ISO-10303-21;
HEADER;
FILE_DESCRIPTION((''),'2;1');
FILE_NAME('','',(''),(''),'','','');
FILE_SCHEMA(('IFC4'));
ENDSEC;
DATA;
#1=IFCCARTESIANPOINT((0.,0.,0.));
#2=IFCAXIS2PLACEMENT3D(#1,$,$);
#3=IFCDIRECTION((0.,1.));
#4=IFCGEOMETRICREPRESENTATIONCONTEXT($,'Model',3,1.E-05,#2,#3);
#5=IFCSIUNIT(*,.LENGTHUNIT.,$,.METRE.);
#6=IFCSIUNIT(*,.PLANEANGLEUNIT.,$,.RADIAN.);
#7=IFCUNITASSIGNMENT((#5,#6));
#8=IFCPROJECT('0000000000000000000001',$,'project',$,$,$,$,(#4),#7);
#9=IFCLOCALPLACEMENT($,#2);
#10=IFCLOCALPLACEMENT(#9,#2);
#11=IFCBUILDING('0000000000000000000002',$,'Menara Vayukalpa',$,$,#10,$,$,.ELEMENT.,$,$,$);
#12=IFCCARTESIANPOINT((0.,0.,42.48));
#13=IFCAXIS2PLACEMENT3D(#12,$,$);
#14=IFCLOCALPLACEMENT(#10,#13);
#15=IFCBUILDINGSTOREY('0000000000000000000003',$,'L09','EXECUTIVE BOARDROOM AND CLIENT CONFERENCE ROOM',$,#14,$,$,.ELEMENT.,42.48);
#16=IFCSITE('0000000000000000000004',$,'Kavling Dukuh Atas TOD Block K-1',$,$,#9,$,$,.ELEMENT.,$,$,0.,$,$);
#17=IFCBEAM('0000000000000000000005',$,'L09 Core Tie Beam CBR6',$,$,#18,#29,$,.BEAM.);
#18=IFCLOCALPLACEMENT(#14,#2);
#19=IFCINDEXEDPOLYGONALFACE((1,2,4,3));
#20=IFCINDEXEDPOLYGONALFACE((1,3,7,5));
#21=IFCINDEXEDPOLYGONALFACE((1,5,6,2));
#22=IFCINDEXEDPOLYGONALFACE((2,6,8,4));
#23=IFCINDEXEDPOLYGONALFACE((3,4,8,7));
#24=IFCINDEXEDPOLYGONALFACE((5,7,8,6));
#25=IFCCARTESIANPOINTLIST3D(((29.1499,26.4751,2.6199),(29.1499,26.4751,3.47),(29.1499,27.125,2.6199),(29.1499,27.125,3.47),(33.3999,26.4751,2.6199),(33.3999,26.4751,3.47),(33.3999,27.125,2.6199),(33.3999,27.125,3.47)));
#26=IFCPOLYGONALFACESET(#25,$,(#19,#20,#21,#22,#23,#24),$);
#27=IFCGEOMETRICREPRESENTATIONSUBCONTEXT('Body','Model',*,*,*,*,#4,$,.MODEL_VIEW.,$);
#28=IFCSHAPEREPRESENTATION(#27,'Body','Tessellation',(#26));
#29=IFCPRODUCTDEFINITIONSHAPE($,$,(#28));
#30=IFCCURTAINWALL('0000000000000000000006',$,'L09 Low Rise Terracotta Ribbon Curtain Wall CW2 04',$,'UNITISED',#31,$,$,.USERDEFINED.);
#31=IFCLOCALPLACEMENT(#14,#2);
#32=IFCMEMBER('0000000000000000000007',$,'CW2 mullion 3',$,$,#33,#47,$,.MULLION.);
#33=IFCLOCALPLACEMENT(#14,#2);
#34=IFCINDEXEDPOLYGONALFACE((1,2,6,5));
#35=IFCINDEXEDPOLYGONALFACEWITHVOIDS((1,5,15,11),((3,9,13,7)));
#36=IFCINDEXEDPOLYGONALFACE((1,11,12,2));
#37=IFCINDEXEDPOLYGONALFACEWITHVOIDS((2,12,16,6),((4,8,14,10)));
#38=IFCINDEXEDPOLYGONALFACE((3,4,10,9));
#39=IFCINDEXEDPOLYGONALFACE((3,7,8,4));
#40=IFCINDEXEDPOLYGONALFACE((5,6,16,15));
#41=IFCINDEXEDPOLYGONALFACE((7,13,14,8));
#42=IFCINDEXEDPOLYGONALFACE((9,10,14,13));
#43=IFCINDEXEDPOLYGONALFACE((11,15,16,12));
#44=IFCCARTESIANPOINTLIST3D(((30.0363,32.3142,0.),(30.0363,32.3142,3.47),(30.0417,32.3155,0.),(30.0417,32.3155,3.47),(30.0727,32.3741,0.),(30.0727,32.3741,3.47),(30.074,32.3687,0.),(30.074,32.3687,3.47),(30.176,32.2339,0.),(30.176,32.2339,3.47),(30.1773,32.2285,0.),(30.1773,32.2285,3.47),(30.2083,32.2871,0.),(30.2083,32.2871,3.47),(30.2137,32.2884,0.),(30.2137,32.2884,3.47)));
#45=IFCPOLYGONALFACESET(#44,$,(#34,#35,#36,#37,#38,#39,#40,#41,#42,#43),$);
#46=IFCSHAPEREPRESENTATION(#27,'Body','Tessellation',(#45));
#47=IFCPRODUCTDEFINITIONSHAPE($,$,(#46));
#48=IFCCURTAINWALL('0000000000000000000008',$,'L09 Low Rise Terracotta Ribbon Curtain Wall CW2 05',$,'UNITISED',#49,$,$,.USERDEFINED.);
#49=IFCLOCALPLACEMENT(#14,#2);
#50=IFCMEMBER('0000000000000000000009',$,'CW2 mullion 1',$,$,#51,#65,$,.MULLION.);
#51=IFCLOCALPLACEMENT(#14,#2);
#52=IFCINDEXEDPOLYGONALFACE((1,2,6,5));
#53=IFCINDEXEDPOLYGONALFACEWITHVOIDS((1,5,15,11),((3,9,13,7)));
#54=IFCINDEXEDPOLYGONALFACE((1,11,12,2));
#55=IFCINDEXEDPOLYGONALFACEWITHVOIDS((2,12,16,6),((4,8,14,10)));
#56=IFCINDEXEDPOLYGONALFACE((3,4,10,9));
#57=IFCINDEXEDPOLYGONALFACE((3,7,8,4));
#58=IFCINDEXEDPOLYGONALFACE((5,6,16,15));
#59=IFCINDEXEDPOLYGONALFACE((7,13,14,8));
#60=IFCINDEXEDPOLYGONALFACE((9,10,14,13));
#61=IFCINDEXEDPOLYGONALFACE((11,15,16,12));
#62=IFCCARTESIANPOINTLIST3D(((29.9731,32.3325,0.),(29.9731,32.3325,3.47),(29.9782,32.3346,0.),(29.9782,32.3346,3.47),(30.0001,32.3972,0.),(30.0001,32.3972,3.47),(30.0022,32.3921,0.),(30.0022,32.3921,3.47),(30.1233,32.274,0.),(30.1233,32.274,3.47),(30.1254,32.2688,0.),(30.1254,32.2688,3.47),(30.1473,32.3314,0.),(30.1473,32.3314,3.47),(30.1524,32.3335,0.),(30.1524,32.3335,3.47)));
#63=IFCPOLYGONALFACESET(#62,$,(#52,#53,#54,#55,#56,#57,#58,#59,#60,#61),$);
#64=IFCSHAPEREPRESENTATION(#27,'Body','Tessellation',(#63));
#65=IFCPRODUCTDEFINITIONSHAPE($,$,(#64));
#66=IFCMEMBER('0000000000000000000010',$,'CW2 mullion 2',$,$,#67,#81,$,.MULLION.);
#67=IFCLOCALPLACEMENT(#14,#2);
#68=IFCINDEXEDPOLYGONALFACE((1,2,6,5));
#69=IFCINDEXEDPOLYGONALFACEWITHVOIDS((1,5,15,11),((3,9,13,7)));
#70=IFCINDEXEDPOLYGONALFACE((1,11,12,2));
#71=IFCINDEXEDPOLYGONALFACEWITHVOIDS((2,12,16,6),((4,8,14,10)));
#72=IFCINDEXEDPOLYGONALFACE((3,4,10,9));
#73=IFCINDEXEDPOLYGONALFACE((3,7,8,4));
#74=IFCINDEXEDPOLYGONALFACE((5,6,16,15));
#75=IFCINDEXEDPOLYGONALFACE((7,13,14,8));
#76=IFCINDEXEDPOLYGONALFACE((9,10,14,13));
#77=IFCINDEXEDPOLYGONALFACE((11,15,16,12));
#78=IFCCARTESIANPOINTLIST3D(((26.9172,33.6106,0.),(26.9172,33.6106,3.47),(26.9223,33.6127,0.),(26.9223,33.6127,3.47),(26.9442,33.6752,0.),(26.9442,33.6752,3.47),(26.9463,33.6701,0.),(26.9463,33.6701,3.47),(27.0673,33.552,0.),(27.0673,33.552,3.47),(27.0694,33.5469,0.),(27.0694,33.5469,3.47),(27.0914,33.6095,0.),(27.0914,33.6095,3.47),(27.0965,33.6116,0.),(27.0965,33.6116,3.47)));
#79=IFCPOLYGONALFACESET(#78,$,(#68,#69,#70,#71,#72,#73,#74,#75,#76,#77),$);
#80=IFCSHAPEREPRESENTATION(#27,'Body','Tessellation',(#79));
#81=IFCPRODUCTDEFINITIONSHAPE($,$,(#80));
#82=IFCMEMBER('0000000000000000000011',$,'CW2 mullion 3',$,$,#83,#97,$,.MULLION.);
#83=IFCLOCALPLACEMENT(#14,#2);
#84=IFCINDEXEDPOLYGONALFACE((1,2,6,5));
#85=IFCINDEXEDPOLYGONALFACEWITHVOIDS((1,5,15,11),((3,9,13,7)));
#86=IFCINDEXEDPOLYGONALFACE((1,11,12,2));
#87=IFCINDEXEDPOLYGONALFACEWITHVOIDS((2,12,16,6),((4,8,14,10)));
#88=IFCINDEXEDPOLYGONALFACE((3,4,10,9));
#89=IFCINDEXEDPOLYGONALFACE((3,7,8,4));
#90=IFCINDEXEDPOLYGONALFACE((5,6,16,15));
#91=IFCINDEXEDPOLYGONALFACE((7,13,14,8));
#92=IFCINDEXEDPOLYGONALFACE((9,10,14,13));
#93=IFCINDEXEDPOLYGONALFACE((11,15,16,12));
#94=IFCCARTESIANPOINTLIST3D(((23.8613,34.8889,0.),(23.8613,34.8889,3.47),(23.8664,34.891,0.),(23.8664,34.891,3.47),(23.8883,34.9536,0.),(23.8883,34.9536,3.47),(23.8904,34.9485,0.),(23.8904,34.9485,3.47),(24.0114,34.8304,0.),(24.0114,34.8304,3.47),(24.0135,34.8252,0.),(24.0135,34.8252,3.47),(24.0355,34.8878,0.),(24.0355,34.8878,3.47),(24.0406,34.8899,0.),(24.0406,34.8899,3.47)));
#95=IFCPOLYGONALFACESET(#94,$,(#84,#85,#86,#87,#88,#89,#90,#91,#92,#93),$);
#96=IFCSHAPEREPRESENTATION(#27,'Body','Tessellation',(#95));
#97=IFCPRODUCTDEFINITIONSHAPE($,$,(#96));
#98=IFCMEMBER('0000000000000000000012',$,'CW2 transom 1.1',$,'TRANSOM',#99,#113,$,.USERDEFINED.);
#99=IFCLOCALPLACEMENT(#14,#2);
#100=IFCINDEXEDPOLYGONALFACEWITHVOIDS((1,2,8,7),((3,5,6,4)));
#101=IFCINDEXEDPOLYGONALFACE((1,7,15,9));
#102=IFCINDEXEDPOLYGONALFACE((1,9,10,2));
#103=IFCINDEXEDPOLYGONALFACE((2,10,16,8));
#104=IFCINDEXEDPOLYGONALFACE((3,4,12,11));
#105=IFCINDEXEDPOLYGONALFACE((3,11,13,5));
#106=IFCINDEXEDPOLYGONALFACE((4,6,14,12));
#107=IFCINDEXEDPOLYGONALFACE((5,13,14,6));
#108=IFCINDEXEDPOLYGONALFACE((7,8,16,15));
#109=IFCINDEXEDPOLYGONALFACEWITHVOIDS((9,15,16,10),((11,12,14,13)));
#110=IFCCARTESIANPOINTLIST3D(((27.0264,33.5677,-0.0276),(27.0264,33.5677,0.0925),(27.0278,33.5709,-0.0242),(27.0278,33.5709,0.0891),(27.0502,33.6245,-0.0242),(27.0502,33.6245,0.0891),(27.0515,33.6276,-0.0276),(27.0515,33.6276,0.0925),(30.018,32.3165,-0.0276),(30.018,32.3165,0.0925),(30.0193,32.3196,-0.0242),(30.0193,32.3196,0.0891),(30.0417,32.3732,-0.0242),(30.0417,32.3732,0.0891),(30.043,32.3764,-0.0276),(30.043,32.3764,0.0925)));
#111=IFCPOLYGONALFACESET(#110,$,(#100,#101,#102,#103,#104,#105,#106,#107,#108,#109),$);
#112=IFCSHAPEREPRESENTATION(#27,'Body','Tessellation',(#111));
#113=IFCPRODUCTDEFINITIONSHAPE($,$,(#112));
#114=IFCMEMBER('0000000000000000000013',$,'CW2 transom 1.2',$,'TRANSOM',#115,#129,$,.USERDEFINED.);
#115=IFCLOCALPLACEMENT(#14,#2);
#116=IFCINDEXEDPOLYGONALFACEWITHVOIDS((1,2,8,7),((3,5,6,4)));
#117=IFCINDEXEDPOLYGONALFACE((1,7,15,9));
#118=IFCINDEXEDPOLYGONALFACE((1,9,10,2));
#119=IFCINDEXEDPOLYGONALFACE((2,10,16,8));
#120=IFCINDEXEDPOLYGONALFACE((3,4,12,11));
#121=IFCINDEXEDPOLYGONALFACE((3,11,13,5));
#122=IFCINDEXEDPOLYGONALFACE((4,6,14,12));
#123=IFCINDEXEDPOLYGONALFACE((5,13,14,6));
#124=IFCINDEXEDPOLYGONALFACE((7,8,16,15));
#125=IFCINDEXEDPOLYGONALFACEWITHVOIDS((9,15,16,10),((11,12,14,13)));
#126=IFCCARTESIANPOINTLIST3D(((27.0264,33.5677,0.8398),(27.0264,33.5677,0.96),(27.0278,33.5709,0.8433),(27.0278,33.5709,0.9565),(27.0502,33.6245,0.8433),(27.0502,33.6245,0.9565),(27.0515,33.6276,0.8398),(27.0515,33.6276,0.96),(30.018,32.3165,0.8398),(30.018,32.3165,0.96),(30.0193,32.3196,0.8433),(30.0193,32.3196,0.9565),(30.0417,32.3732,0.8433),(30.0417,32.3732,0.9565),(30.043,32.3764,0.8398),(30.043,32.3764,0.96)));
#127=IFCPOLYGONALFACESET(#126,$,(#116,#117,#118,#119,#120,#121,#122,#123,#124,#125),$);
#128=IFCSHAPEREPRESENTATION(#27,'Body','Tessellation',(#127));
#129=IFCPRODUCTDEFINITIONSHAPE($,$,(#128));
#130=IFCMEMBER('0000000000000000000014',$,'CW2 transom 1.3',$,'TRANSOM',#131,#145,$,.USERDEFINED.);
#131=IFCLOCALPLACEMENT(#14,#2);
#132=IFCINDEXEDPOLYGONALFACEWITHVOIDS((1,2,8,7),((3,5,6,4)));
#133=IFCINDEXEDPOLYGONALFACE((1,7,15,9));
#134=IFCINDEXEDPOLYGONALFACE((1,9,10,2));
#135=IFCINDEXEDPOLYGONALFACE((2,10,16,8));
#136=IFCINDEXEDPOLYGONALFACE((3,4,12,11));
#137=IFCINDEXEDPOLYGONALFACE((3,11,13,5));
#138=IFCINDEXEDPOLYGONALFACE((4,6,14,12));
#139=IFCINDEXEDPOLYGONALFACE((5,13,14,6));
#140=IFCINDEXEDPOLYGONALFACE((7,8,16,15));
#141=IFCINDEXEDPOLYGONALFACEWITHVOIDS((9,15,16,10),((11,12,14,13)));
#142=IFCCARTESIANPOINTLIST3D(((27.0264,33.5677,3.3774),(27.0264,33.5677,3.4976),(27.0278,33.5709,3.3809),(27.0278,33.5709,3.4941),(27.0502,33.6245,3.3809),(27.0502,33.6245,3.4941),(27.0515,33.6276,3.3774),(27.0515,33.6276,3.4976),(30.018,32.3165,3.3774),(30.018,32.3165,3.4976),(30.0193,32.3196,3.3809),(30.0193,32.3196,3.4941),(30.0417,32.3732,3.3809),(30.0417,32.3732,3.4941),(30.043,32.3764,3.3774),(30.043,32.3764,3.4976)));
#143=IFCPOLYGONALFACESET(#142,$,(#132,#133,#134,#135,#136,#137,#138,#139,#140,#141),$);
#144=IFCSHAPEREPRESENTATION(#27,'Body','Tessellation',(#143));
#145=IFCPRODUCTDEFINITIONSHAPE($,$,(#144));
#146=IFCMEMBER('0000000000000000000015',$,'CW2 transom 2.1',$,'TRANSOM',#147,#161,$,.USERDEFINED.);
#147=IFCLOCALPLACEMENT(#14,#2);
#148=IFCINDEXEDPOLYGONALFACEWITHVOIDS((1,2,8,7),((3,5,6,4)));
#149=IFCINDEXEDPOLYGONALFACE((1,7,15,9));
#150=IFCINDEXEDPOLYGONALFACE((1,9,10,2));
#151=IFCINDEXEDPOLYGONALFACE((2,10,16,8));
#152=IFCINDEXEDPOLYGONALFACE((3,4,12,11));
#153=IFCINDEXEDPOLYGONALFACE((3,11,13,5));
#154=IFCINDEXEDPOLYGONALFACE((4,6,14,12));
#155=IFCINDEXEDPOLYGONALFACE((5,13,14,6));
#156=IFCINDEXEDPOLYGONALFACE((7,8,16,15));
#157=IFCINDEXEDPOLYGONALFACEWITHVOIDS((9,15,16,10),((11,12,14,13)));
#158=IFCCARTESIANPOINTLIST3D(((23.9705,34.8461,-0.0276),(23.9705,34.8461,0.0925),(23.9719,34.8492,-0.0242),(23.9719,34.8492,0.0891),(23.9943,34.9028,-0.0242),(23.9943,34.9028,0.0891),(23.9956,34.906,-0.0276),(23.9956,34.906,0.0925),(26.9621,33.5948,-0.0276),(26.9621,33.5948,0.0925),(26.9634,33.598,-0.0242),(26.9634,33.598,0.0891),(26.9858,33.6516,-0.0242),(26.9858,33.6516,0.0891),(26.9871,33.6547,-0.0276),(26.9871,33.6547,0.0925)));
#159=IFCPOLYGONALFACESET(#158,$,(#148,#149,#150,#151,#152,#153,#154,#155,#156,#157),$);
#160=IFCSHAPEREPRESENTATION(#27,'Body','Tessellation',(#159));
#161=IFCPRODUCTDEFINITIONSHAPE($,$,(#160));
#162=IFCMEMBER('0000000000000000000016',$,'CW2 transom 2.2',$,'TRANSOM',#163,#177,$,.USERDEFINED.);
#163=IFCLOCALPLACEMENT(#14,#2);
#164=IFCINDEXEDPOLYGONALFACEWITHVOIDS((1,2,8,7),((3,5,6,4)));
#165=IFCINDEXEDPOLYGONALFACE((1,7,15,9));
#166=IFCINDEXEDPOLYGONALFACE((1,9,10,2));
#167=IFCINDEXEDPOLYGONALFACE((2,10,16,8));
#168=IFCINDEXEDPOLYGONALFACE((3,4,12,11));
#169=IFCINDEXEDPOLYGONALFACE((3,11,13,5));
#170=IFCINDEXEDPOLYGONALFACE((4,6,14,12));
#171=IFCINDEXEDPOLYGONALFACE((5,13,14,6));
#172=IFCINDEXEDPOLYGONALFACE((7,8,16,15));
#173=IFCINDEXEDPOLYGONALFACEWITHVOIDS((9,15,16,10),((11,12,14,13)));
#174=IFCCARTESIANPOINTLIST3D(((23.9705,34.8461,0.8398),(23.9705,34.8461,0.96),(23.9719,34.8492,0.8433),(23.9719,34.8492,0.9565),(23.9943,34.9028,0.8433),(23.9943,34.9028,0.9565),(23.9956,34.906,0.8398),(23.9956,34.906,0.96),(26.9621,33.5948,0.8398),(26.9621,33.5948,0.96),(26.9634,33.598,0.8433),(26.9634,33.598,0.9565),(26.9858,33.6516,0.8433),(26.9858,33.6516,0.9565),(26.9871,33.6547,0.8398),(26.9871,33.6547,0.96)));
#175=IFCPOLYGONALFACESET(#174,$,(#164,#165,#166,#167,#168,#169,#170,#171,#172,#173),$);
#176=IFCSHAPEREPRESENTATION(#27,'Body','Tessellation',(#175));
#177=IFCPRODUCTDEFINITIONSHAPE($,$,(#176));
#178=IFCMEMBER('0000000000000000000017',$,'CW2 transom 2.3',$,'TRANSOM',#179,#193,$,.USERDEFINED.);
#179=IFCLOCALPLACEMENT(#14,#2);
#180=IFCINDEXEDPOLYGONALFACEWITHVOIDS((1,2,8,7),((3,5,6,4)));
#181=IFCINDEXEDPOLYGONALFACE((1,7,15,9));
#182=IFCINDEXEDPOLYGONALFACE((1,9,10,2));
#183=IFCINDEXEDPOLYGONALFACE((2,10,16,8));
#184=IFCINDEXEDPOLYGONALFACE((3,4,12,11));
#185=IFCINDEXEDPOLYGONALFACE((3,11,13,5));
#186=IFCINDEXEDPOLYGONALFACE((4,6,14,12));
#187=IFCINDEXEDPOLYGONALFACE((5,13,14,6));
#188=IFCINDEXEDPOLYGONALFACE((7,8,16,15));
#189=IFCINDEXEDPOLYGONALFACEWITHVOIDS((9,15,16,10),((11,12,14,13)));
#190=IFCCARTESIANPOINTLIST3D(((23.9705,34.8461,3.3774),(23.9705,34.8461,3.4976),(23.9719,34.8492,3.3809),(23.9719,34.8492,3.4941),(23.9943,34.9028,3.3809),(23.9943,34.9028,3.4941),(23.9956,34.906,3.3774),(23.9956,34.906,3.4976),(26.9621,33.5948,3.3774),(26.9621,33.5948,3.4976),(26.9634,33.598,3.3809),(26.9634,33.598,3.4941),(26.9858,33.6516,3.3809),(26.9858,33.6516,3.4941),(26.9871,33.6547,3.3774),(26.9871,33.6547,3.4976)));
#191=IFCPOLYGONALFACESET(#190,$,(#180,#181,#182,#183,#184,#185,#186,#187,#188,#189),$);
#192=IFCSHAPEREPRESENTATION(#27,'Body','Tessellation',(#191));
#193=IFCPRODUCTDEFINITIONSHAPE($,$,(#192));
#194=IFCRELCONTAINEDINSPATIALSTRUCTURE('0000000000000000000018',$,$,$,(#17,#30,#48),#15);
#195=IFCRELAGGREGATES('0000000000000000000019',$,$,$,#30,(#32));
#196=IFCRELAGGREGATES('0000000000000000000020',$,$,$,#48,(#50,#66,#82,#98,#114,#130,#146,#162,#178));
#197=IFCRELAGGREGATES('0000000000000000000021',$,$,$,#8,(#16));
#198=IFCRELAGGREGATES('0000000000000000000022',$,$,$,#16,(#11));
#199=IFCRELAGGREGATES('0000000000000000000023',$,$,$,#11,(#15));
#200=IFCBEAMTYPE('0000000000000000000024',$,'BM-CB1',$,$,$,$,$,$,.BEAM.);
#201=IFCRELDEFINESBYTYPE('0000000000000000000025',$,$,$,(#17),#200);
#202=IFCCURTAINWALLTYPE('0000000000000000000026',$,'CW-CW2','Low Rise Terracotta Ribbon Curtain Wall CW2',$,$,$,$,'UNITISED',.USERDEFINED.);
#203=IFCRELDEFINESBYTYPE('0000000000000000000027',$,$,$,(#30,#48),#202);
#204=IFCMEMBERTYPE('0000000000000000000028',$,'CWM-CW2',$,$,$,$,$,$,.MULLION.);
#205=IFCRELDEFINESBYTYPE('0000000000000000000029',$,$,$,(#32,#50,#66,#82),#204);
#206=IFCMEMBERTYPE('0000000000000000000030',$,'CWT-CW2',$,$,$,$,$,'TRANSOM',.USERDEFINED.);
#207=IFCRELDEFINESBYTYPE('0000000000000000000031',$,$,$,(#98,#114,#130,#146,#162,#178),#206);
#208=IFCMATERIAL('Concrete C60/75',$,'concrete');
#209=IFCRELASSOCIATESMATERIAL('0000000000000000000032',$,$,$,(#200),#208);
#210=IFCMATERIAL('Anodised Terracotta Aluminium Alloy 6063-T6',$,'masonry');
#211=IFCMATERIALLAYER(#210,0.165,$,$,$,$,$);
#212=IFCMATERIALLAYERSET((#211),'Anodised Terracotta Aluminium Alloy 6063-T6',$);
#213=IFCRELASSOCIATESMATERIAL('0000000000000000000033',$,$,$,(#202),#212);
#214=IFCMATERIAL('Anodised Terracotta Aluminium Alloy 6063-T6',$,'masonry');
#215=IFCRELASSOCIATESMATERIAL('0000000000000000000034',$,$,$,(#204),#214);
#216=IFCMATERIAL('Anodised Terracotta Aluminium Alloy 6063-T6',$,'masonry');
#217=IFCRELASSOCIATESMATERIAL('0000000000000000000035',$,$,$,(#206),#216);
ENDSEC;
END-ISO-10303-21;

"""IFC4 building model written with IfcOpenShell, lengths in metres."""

from ifc_helpers import new_model, si_unit, direction, frame, origin, origin_2d, place, context, subcontext, project, spatial, rectangle, hollow_rectangle, extrude, material, layer, layer_set, material_profile, profile_set, type_object, element, aggregate, save


model = new_model("IFC4")

# Units and contexts
model_context = context("Model", 3, precision=1e-05, world=origin(), true_north=direction((0.0, 1.0)))
body_context = subcontext(model_context, "Body", "Model", "MODEL_VIEW")
ifc_project = project(units=[si_unit("LENGTHUNIT", "METRE"), si_unit("PLANEANGLEUNIT", "RADIAN")], contexts=[model_context])

# Site, building, storey
site_placement = place(None, origin())
site = spatial("IfcSite", under=ifc_project, at=site_placement, Name="Kavling Dukuh Atas TOD Block K-1", CompositionType="ELEMENT", RefElevation=0.0)
building_placement = place(site_placement, origin())
building = spatial("IfcBuilding", under=site, at=building_placement, Name="Menara Vayukalpa", CompositionType="ELEMENT")
storey_placement = place(building_placement, frame((0.0, 0.0, 42.48)))
storey = spatial("IfcBuildingStorey", under=building, at=storey_placement, Name="L09", Description="EXECUTIVE BOARDROOM AND CLIENT CONFERENCE ROOM", CompositionType="ELEMENT", Elevation=42.48)

# Beam
ifc_material_1 = material(Name="Concrete C60/75", Category="concrete")
ifc_material_profile_1 = material_profile(ifc_material_1, rectangle(XDim=0.6499, YDim=0.8501, at=origin_2d()), Name="RC 650x850")
ifc_profile_set_1 = profile_set([ifc_material_profile_1], Name="Concrete C60/75")
beam_type = type_object("IfcBeamType", Name="BM-CB1", PredefinedType="BEAM", material=ifc_profile_set_1)
beam_placement = place(storey_placement, frame((29.1499, 26.8, 3.0449), z_axis=(1.0, 0.0, 0.0), x_axis=(0.0, 1.0, 0.0)))
element("IfcBeam", 1, at=beam_placement, inside=storey, type_object=beam_type, Name="L09 Core Tie Beam CBR6", PredefinedType="BEAM", context=body_context, shape_type="SweptSolid", body=[
    extrude(rectangle(XDim=0.6499, YDim=0.8501, at=origin_2d()), origin(), (0.0, 0.0, 1.0), 4.25),
])

# Curtain wall, member
ifc_material_2 = material(Name="Anodised Terracotta Aluminium Alloy 6063-T6", Category="masonry")
ifc_layer_1 = layer(ifc_material_2, 0.165)
ifc_layer_set_1 = layer_set([ifc_layer_1], Name="Anodised Terracotta Aluminium Alloy 6063-T6")
curtain_wall_type = type_object("IfcCurtainWallType", Name="CW-CW2", Description="Low Rise Terracotta Ribbon Curtain Wall CW2", ElementType="UNITISED", PredefinedType="USERDEFINED", material=ifc_layer_set_1)
curtain_wall_1_placement = place(storey_placement, origin())
curtain_wall_1 = element("IfcCurtainWall", 2, at=curtain_wall_1_placement, inside=storey, type_object=curtain_wall_type, Name="L09 Low Rise Terracotta Ribbon Curtain Wall CW2 04", ObjectType="UNITISED", PredefinedType="USERDEFINED")
ifc_material_3 = material(Name="Anodised Terracotta Aluminium Alloy 6063-T6", Category="masonry")
ifc_material_profile_2 = material_profile(ifc_material_3, hollow_rectangle(XDim=0.0701, YDim=0.165, WallThickness=0.0039, at=origin_2d()), Name="ALU 70x165x4")
ifc_profile_set_2 = profile_set([ifc_material_profile_2], Name="Anodised Terracotta Aluminium Alloy 6063-T6")
member_type_1 = type_object("IfcMemberType", Name="CWM-CW2", PredefinedType="MULLION", material=ifc_profile_set_2)
member_1_placement = place(storey_placement, frame((30.125, 32.3013, 0.0), z_axis=(0.0, 0.0, 1.0), x_axis=(-0.519182, -0.854664, 0.0)))
member_1 = element("IfcMember", 3, at=member_1_placement, type_object=member_type_1, Name="CW2 mullion 3", PredefinedType="MULLION", context=body_context, shape_type="SweptSolid", body=[
    extrude(hollow_rectangle(XDim=0.0701, YDim=0.165, WallThickness=0.0039, at=origin_2d()), origin(), (0.0, 0.0, 1.0), 3.47),
])
aggregate(curtain_wall_1, [member_1])

# Curtain wall, members
curtain_wall_2_placement = place(storey_placement, origin())
curtain_wall_2 = element("IfcCurtainWall", 4, at=curtain_wall_2_placement, inside=storey, type_object=curtain_wall_type, Name="L09 Low Rise Terracotta Ribbon Curtain Wall CW2 05", ObjectType="UNITISED", PredefinedType="USERDEFINED")
member_2_placement = place(storey_placement, frame((30.0627, 32.333, 0.0), z_axis=(0.0, 0.0, 1.0), x_axis=(-0.385895, -0.922543, 0.0)))
member_2 = element("IfcMember", 5, at=member_2_placement, type_object=member_type_1, Name="CW2 mullion 1", PredefinedType="MULLION", context=body_context, shape_type="SweptSolid", body=[
    extrude(hollow_rectangle(XDim=0.0701, YDim=0.165, WallThickness=0.0039, at=origin_2d()), origin(), (0.0, 0.0, 1.0), 3.47),
])
member_3_placement = place(storey_placement, frame((27.0068, 33.6111, 0.0), z_axis=(0.0, 0.0, 1.0), x_axis=(-0.385895, -0.922543, 0.0)))
member_3 = element("IfcMember", 6, at=member_3_placement, type_object=member_type_1, Name="CW2 mullion 2", PredefinedType="MULLION", context=body_context, shape_type="SweptSolid", body=[
    extrude(hollow_rectangle(XDim=0.0701, YDim=0.165, WallThickness=0.0039, at=origin_2d()), origin(), (0.0, 0.0, 1.0), 3.47),
])
member_4_placement = place(storey_placement, frame((23.9509, 34.8894, 0.0), z_axis=(0.0, 0.0, 1.0), x_axis=(-0.385895, -0.922543, 0.0)))
member_4 = element("IfcMember", 7, at=member_4_placement, type_object=member_type_1, Name="CW2 mullion 3", PredefinedType="MULLION", context=body_context, shape_type="SweptSolid", body=[
    extrude(hollow_rectangle(XDim=0.0701, YDim=0.165, WallThickness=0.0039, at=origin_2d()), origin(), (0.0, 0.0, 1.0), 3.47),
])
ifc_material_4 = material(Name="Anodised Terracotta Aluminium Alloy 6063-T6", Category="masonry")
ifc_material_profile_3 = material_profile(ifc_material_4, hollow_rectangle(XDim=0.0649, YDim=0.1201, WallThickness=0.0034, at=origin_2d()), Name="ALU 65x120x3.5")
ifc_profile_set_3 = profile_set([ifc_material_profile_3], Name="Anodised Terracotta Aluminium Alloy 6063-T6")
member_type_2 = type_object("IfcMemberType", Name="CWT-CW2", ElementType="TRANSOM", PredefinedType="USERDEFINED", material=ifc_profile_set_3)
member_5_placement = place(storey_placement, frame((30.0305, 32.3464, 0.0325), z_axis=(-0.922553, 0.385871, 0.0), x_axis=(-0.385871, -0.922553, 0.0)))
member_5 = element("IfcMember", 8, at=member_5_placement, type_object=member_type_2, Name="CW2 transom 1.1", ObjectType="TRANSOM", PredefinedType="USERDEFINED", context=body_context, shape_type="SweptSolid", body=[
    extrude(hollow_rectangle(XDim=0.0649, YDim=0.1201, WallThickness=0.0034, at=origin_2d()), origin(), (0.0, 0.0, 1.0), 3.2427),
])
member_6_placement = place(storey_placement, frame((30.0305, 32.3464, 0.8999), z_axis=(-0.922553, 0.385871, 0.0), x_axis=(-0.385871, -0.922553, 0.0)))
member_6 = element("IfcMember", 9, at=member_6_placement, type_object=member_type_2, Name="CW2 transom 1.2", ObjectType="TRANSOM", PredefinedType="USERDEFINED", context=body_context, shape_type="SweptSolid", body=[
    extrude(hollow_rectangle(XDim=0.0649, YDim=0.1201, WallThickness=0.0034, at=origin_2d()), origin(), (0.0, 0.0, 1.0), 3.2427),
])
member_7_placement = place(storey_placement, frame((30.0305, 32.3464, 3.4375), z_axis=(-0.922553, 0.385871, 0.0), x_axis=(-0.385871, -0.922553, 0.0)))
member_7 = element("IfcMember", 10, at=member_7_placement, type_object=member_type_2, Name="CW2 transom 1.3", ObjectType="TRANSOM", PredefinedType="USERDEFINED", context=body_context, shape_type="SweptSolid", body=[
    extrude(hollow_rectangle(XDim=0.0649, YDim=0.1201, WallThickness=0.0034, at=origin_2d()), origin(), (0.0, 0.0, 1.0), 3.2427),
])
member_8_placement = place(storey_placement, frame((26.9746, 33.6248, 0.0325), z_axis=(-0.922553, 0.385871, 0.0), x_axis=(-0.385871, -0.922553, 0.0)))
member_8 = element("IfcMember", 11, at=member_8_placement, type_object=member_type_2, Name="CW2 transom 2.1", ObjectType="TRANSOM", PredefinedType="USERDEFINED", context=body_context, shape_type="SweptSolid", body=[
    extrude(hollow_rectangle(XDim=0.0649, YDim=0.1201, WallThickness=0.0034, at=origin_2d()), origin(), (0.0, 0.0, 1.0), 3.2427),
])
member_9_placement = place(storey_placement, frame((26.9746, 33.6248, 0.8999), z_axis=(-0.922553, 0.385871, 0.0), x_axis=(-0.385871, -0.922553, 0.0)))
member_9 = element("IfcMember", 12, at=member_9_placement, type_object=member_type_2, Name="CW2 transom 2.2", ObjectType="TRANSOM", PredefinedType="USERDEFINED", context=body_context, shape_type="SweptSolid", body=[
    extrude(hollow_rectangle(XDim=0.0649, YDim=0.1201, WallThickness=0.0034, at=origin_2d()), origin(), (0.0, 0.0, 1.0), 3.2427),
])
member_10_placement = place(storey_placement, frame((26.9746, 33.6248, 3.4375), z_axis=(-0.922553, 0.385871, 0.0), x_axis=(-0.385871, -0.922553, 0.0)))
member_10 = element("IfcMember", 13, at=member_10_placement, type_object=member_type_2, Name="CW2 transom 2.3", ObjectType="TRANSOM", PredefinedType="USERDEFINED", context=body_context, shape_type="SweptSolid", body=[
    extrude(hollow_rectangle(XDim=0.0649, YDim=0.1201, WallThickness=0.0034, at=origin_2d()), origin(), (0.0, 0.0, 1.0), 3.2427),
])
aggregate(curtain_wall_2, [member_2, member_3, member_4, member_5, member_6, member_7, member_8, member_9, member_10])

save(model, "model.ifc")
